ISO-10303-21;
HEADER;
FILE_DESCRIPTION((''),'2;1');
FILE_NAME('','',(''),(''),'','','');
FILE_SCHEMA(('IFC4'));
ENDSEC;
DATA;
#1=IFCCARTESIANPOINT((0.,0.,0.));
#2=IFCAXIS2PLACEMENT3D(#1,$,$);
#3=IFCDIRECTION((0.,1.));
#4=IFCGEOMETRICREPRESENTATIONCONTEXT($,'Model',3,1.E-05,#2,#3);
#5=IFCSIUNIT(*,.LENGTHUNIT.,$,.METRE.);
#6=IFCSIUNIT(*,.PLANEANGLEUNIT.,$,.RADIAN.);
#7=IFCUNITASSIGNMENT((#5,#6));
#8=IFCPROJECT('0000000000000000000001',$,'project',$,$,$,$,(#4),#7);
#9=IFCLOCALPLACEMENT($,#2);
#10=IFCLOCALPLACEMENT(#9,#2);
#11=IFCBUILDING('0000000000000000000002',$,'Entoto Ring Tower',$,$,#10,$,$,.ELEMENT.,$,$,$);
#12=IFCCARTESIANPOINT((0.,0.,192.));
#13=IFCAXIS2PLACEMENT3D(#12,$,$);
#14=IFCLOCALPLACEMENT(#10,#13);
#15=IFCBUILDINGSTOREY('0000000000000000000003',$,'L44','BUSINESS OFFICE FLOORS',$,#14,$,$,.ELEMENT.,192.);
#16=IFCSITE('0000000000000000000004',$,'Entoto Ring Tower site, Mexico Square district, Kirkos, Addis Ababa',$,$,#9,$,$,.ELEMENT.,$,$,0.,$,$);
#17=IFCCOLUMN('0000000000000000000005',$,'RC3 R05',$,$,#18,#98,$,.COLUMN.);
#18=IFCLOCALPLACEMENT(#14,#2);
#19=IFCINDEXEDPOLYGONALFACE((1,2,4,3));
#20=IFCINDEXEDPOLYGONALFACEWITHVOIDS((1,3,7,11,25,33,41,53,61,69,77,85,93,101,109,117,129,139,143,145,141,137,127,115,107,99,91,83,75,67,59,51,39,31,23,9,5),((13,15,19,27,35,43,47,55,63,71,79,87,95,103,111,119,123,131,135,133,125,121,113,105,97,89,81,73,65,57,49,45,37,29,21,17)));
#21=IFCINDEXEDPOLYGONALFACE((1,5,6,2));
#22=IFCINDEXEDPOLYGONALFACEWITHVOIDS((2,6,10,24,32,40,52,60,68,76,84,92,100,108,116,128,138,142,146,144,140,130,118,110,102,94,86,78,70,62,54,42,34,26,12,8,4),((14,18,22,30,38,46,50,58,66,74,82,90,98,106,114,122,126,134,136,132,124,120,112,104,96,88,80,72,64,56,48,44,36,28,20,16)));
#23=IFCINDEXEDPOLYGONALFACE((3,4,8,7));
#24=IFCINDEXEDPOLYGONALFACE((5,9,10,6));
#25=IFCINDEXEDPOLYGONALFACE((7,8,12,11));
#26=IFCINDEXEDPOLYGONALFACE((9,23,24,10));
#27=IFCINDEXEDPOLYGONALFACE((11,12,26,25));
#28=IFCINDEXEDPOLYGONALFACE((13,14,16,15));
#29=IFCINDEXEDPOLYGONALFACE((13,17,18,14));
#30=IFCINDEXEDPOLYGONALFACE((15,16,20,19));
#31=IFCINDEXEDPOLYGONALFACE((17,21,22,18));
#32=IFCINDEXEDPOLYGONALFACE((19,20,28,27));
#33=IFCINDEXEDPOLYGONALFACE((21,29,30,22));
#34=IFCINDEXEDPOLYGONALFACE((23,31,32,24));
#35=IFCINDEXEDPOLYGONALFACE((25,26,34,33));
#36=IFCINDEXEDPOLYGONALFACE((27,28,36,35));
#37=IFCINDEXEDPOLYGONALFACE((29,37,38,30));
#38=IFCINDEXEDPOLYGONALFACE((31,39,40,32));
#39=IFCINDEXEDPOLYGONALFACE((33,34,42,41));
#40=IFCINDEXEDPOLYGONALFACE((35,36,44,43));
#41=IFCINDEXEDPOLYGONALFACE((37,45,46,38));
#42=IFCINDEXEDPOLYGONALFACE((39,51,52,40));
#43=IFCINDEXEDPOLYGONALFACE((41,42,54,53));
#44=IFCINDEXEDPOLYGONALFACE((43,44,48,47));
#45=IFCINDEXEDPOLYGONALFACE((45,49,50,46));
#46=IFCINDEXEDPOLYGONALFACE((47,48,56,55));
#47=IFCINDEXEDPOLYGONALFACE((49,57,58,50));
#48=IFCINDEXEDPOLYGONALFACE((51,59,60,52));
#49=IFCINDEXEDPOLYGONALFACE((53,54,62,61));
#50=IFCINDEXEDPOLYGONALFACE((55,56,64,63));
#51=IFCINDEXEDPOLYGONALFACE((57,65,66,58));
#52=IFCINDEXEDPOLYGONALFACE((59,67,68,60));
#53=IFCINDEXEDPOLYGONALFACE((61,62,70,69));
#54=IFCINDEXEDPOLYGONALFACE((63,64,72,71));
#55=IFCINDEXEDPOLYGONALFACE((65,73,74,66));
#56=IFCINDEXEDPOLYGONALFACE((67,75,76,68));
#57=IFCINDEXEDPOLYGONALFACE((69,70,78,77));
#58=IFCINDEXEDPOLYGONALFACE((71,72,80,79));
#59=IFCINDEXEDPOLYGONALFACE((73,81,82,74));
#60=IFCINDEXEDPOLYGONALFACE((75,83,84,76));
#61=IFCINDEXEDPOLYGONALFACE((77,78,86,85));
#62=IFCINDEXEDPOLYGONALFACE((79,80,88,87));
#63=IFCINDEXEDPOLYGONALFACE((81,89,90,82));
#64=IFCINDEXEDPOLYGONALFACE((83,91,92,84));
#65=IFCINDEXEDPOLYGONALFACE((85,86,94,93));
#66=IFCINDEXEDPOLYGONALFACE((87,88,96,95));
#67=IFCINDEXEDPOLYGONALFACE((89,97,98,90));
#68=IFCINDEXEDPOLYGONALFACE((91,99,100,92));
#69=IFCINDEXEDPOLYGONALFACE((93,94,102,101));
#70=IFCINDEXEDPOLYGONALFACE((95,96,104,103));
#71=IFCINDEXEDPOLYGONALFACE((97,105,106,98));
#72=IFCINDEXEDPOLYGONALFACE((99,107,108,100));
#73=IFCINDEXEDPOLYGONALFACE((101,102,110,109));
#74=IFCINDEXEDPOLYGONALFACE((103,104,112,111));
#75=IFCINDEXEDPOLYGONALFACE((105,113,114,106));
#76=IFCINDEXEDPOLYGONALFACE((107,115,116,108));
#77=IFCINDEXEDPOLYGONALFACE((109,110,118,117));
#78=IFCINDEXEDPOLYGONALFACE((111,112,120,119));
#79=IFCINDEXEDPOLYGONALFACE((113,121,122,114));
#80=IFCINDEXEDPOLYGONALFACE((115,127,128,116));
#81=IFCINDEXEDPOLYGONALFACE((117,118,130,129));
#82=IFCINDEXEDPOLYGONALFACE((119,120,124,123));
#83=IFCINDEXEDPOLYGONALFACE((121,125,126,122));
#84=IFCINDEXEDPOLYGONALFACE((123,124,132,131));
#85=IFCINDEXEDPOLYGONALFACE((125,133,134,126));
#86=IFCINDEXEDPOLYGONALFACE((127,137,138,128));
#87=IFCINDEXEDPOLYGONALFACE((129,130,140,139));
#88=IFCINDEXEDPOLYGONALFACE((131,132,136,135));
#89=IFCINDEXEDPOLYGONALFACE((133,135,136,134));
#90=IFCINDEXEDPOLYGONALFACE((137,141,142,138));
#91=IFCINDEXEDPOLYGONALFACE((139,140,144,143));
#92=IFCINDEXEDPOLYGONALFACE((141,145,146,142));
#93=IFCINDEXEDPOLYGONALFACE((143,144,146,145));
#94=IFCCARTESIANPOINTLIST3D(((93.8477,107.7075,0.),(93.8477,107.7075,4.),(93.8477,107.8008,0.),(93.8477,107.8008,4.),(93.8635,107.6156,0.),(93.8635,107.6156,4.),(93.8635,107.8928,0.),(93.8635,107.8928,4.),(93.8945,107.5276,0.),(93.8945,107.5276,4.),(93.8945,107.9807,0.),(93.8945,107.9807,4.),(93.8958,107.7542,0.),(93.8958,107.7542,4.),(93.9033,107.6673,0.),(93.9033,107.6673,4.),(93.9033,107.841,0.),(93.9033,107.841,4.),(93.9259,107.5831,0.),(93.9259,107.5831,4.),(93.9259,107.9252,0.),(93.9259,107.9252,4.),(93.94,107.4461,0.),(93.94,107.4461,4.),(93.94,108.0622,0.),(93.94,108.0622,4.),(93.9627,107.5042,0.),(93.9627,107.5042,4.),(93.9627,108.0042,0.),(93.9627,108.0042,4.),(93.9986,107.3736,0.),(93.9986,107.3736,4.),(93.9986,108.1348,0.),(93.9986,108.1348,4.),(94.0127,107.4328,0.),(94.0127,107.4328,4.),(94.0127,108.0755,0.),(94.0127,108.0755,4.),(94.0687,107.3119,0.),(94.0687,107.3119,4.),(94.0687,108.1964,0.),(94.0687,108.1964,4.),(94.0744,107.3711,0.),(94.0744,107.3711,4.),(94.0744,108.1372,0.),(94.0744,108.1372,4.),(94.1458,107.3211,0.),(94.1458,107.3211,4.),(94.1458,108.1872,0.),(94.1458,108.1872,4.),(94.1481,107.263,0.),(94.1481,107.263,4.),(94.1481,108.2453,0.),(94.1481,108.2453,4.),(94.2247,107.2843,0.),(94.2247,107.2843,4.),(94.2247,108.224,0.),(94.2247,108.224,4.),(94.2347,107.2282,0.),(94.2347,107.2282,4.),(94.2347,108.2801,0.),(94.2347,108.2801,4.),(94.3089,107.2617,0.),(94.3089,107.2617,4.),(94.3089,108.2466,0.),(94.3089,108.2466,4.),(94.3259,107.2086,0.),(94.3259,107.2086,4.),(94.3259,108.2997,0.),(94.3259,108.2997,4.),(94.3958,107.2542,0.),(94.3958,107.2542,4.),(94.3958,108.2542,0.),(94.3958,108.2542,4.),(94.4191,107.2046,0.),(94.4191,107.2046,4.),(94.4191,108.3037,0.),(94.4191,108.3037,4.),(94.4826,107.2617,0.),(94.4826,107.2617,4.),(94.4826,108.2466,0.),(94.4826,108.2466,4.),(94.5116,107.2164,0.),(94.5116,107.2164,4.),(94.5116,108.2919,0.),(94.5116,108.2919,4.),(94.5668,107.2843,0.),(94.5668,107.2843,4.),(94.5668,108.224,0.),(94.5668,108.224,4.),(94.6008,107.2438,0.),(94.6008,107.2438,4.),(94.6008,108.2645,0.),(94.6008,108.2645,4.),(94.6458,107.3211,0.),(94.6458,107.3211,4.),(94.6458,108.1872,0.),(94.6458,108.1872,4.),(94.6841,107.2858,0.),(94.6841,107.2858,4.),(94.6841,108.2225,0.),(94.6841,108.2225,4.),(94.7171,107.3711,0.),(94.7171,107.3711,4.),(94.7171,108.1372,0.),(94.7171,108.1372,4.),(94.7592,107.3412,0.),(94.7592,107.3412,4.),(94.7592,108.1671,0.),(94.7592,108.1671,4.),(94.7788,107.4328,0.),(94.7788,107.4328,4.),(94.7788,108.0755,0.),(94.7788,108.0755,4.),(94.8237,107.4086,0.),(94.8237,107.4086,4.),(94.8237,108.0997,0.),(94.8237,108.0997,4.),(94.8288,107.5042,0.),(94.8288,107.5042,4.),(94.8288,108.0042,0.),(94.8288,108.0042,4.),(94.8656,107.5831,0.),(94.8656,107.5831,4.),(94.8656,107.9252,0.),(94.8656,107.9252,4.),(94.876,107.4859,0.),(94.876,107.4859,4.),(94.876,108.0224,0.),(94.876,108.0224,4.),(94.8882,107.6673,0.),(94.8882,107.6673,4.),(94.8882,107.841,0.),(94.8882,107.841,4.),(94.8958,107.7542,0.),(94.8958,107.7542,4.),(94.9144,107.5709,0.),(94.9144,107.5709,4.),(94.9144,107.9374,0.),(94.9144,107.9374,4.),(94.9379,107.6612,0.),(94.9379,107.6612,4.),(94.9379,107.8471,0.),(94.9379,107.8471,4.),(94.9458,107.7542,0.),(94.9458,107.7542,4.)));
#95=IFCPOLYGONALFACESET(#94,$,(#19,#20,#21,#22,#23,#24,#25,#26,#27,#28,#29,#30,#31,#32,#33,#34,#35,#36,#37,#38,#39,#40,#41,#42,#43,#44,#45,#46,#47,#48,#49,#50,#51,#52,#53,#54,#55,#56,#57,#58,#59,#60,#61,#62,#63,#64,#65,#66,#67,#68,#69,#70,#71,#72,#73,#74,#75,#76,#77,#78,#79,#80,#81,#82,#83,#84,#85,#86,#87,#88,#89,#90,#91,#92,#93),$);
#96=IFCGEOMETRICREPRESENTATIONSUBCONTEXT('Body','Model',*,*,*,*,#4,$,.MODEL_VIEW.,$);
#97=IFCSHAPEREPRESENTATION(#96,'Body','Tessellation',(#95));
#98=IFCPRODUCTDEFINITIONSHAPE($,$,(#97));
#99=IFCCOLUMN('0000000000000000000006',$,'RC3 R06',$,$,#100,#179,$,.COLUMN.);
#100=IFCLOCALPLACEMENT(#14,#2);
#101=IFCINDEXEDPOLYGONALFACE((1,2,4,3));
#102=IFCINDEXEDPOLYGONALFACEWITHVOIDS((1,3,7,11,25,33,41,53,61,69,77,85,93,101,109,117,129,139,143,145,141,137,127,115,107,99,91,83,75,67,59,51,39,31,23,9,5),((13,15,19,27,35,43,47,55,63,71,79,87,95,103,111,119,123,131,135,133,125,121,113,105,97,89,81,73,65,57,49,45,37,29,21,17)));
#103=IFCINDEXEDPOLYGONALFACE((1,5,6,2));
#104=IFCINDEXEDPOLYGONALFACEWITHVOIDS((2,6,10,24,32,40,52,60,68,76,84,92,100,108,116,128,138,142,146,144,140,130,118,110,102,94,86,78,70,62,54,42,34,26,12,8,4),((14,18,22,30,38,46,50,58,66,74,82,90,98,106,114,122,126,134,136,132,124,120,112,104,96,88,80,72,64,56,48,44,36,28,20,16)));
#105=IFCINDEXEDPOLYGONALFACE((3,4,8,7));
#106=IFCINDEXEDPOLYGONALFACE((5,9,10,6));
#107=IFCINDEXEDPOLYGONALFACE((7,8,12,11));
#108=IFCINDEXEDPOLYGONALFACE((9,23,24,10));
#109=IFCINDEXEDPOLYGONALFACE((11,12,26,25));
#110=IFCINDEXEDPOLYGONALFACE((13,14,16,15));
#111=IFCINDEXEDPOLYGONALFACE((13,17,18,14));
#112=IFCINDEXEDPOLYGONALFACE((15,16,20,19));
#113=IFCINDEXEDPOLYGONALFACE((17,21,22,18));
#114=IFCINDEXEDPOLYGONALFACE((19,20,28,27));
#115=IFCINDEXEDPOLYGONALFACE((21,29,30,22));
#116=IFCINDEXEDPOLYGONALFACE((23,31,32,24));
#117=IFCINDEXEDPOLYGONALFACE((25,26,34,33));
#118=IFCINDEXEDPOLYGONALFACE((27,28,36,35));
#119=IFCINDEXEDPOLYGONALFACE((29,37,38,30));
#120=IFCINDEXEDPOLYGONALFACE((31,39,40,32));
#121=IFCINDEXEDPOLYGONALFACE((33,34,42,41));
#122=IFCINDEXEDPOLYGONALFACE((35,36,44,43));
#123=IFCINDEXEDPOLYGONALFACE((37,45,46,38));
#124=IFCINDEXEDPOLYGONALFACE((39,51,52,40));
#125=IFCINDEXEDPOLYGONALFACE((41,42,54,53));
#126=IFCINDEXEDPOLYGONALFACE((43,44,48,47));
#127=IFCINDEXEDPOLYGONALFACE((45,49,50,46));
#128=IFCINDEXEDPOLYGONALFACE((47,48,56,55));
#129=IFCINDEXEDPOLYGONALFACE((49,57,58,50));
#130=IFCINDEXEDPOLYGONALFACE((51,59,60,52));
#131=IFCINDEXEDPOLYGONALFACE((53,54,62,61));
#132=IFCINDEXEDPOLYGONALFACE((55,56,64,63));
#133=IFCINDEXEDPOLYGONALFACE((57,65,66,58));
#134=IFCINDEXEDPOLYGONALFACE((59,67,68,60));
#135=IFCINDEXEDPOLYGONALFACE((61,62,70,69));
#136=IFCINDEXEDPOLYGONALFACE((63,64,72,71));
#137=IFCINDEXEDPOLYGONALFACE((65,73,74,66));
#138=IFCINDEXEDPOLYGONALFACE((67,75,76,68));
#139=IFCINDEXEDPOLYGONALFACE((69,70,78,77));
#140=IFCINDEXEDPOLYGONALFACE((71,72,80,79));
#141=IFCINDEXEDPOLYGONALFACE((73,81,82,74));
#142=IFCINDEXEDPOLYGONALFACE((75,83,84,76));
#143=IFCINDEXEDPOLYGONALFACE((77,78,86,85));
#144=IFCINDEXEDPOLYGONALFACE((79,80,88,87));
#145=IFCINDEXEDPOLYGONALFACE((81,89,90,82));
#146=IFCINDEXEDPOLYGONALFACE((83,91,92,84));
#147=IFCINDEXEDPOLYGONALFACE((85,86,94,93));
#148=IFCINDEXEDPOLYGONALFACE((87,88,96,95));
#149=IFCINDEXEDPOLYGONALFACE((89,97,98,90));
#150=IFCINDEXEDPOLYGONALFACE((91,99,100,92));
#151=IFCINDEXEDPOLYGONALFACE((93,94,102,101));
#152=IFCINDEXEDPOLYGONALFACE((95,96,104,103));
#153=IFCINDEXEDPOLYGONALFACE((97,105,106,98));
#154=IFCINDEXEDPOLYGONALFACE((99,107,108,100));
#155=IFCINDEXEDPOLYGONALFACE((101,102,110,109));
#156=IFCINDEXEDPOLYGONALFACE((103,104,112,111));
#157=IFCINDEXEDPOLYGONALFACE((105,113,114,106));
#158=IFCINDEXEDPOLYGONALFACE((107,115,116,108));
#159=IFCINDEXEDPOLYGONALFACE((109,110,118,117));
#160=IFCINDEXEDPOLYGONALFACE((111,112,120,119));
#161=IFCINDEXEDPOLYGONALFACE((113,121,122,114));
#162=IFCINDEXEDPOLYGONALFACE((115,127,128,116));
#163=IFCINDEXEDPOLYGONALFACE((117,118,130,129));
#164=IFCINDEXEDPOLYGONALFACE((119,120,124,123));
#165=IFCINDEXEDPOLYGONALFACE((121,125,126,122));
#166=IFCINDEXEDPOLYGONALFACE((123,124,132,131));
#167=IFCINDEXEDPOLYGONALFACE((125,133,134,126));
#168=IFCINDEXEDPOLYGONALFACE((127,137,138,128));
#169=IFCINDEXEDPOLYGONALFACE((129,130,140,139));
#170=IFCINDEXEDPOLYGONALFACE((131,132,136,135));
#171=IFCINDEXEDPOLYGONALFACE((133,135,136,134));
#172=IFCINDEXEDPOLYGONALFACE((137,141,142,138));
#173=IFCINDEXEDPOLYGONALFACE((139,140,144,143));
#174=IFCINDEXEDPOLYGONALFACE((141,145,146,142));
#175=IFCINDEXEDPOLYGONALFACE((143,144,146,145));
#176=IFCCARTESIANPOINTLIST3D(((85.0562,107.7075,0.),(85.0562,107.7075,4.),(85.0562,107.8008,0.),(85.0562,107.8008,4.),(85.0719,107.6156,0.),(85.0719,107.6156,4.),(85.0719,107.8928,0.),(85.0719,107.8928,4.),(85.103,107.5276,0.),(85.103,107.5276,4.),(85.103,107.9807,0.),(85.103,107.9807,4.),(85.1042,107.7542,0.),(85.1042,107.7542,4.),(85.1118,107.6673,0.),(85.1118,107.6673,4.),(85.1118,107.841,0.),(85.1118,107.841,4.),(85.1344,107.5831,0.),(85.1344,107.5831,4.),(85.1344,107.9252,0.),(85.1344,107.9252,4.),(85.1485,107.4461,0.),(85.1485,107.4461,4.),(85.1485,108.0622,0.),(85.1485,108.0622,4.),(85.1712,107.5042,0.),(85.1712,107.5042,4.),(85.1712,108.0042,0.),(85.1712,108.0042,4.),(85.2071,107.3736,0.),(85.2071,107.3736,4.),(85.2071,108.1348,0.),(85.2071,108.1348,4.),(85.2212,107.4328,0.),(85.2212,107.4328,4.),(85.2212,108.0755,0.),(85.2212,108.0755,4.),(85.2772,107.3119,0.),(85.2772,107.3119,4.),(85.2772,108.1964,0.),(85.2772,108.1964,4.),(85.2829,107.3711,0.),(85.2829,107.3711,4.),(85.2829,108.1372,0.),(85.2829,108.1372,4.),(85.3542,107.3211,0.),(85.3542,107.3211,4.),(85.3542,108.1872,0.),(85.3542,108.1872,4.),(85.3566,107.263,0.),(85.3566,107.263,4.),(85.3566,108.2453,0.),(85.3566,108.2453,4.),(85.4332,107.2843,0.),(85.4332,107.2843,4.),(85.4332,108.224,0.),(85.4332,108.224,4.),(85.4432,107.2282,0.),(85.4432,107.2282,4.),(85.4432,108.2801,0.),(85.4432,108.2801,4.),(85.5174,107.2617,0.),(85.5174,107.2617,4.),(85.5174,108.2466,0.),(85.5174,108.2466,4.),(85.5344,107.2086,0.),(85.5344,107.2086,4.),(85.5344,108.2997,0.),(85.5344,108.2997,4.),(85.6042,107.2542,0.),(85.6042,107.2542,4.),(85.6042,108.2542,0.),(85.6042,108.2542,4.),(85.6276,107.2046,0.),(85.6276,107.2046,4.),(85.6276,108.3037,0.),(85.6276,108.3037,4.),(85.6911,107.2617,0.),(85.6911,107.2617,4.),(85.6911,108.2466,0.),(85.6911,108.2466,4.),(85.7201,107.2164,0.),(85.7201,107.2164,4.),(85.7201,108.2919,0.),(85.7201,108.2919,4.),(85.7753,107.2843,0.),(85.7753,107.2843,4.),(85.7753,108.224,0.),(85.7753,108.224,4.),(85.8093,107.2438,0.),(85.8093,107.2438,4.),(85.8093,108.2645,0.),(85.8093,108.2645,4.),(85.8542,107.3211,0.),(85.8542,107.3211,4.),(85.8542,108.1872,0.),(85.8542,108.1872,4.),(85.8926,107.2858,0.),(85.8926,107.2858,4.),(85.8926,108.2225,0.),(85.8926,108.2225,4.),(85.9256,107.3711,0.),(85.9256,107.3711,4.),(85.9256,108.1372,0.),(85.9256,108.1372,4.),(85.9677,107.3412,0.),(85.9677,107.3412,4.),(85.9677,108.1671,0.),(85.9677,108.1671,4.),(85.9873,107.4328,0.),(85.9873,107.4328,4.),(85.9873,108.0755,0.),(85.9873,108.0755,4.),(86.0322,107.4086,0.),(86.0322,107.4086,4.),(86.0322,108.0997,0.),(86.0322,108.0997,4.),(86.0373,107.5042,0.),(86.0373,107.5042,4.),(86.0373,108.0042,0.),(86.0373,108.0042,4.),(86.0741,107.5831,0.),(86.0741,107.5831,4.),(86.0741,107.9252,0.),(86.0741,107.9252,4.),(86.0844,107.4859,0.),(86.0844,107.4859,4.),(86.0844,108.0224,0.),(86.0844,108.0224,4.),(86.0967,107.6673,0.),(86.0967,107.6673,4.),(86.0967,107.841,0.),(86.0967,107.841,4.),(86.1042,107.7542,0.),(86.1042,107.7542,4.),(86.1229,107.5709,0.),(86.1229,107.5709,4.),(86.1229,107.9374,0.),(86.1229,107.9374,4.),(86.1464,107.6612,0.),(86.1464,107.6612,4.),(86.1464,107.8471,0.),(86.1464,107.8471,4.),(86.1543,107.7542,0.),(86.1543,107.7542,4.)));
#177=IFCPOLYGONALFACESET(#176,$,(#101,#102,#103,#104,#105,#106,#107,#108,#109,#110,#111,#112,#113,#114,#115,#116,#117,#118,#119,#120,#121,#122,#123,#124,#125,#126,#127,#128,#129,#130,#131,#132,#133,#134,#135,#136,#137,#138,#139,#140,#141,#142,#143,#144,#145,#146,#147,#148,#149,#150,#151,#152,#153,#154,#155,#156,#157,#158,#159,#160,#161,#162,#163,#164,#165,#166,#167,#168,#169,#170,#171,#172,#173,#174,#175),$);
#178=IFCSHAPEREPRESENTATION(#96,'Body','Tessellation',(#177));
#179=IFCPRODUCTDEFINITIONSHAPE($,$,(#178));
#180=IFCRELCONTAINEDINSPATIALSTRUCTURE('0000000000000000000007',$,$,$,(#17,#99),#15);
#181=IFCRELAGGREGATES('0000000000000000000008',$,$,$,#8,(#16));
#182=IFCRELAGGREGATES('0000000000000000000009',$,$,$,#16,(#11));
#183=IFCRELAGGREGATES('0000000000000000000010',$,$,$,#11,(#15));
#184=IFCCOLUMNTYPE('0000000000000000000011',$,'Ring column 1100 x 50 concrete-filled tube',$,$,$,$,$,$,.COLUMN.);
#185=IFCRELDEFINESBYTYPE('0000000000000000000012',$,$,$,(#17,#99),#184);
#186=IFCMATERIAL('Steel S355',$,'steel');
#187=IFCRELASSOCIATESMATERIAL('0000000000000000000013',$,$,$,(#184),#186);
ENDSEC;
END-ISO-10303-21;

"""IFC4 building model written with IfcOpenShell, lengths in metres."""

from ifc_helpers import new_model, si_unit, direction, frame, origin, origin_2d, place, context, subcontext, project, spatial, circle, hollow_circle, extrude, material, material_profile, profile_set, type_object, element, save


model = new_model("IFC4")

# Units and contexts
model_context = context("Model", 3, precision=1e-05, world=origin(), true_north=direction((0.0, 1.0)))
body_context = subcontext(model_context, "Body", "Model", "MODEL_VIEW")
ifc_project = project(units=[si_unit("LENGTHUNIT", "METRE"), si_unit("PLANEANGLEUNIT", "RADIAN")], contexts=[model_context])

# Site, building, storey
site_placement = place(None, origin())
site = spatial("IfcSite", under=ifc_project, at=site_placement, Name="Entoto Ring Tower site, Mexico Square district, Kirkos, Addis Ababa", CompositionType="ELEMENT", RefElevation=0.0)
building_placement = place(site_placement, origin())
building = spatial("IfcBuilding", under=site, at=building_placement, Name="Entoto Ring Tower", CompositionType="ELEMENT")
storey_placement = place(building_placement, frame((0.0, 0.0, 192.0)))
storey = spatial("IfcBuildingStorey", under=building, at=storey_placement, Name="L44", Description="BUSINESS OFFICE FLOORS", CompositionType="ELEMENT", Elevation=192.0)

# Columns
ifc_material_1 = material(Name="Steel S355", Category="steel")
ifc_material_profile_1 = material_profile(ifc_material_1, hollow_circle(Radius=0.55, WallThickness=0.05, at=origin_2d()), Name="CHS 1100 x 50")
ifc_material_2 = material(Name="Concrete C60/75", Category="concrete")
ifc_material_profile_2 = material_profile(ifc_material_2, circle(Radius=0.5, at=origin_2d()), Name="Concrete C60/75 infill")
ifc_profile_set_1 = profile_set([ifc_material_profile_1, ifc_material_profile_2], Name="Steel S355")
column_type = type_object("IfcColumnType", Name="Ring column 1100 x 50 concrete-filled tube", PredefinedType="COLUMN", material=ifc_profile_set_1)
for number, where, z_axis, x_axis, name in (
    (1, (94.3958, 107.7542, 0.0), (0.0, 0.0, 1.0), (1.0, 0.0, 0.0), "RC3 R05"),
    (2, (85.6042, 107.7542, 0.0), (0.0, 0.0, 1.0), (1.0, 0.0, 0.0), "RC3 R06"),
):
    element("IfcColumn", number, at=place(storey_placement, frame(where, z_axis=z_axis, x_axis=x_axis)), inside=storey, type_object=column_type, Name=name, PredefinedType="COLUMN", context=body_context, shape_type="SweptSolid", body=[
        extrude(hollow_circle(Radius=0.55, WallThickness=0.05, at=origin_2d()), origin(), (0.0, 0.0, 1.0), 4.0),
    ])

save(model, "model.ifc")
